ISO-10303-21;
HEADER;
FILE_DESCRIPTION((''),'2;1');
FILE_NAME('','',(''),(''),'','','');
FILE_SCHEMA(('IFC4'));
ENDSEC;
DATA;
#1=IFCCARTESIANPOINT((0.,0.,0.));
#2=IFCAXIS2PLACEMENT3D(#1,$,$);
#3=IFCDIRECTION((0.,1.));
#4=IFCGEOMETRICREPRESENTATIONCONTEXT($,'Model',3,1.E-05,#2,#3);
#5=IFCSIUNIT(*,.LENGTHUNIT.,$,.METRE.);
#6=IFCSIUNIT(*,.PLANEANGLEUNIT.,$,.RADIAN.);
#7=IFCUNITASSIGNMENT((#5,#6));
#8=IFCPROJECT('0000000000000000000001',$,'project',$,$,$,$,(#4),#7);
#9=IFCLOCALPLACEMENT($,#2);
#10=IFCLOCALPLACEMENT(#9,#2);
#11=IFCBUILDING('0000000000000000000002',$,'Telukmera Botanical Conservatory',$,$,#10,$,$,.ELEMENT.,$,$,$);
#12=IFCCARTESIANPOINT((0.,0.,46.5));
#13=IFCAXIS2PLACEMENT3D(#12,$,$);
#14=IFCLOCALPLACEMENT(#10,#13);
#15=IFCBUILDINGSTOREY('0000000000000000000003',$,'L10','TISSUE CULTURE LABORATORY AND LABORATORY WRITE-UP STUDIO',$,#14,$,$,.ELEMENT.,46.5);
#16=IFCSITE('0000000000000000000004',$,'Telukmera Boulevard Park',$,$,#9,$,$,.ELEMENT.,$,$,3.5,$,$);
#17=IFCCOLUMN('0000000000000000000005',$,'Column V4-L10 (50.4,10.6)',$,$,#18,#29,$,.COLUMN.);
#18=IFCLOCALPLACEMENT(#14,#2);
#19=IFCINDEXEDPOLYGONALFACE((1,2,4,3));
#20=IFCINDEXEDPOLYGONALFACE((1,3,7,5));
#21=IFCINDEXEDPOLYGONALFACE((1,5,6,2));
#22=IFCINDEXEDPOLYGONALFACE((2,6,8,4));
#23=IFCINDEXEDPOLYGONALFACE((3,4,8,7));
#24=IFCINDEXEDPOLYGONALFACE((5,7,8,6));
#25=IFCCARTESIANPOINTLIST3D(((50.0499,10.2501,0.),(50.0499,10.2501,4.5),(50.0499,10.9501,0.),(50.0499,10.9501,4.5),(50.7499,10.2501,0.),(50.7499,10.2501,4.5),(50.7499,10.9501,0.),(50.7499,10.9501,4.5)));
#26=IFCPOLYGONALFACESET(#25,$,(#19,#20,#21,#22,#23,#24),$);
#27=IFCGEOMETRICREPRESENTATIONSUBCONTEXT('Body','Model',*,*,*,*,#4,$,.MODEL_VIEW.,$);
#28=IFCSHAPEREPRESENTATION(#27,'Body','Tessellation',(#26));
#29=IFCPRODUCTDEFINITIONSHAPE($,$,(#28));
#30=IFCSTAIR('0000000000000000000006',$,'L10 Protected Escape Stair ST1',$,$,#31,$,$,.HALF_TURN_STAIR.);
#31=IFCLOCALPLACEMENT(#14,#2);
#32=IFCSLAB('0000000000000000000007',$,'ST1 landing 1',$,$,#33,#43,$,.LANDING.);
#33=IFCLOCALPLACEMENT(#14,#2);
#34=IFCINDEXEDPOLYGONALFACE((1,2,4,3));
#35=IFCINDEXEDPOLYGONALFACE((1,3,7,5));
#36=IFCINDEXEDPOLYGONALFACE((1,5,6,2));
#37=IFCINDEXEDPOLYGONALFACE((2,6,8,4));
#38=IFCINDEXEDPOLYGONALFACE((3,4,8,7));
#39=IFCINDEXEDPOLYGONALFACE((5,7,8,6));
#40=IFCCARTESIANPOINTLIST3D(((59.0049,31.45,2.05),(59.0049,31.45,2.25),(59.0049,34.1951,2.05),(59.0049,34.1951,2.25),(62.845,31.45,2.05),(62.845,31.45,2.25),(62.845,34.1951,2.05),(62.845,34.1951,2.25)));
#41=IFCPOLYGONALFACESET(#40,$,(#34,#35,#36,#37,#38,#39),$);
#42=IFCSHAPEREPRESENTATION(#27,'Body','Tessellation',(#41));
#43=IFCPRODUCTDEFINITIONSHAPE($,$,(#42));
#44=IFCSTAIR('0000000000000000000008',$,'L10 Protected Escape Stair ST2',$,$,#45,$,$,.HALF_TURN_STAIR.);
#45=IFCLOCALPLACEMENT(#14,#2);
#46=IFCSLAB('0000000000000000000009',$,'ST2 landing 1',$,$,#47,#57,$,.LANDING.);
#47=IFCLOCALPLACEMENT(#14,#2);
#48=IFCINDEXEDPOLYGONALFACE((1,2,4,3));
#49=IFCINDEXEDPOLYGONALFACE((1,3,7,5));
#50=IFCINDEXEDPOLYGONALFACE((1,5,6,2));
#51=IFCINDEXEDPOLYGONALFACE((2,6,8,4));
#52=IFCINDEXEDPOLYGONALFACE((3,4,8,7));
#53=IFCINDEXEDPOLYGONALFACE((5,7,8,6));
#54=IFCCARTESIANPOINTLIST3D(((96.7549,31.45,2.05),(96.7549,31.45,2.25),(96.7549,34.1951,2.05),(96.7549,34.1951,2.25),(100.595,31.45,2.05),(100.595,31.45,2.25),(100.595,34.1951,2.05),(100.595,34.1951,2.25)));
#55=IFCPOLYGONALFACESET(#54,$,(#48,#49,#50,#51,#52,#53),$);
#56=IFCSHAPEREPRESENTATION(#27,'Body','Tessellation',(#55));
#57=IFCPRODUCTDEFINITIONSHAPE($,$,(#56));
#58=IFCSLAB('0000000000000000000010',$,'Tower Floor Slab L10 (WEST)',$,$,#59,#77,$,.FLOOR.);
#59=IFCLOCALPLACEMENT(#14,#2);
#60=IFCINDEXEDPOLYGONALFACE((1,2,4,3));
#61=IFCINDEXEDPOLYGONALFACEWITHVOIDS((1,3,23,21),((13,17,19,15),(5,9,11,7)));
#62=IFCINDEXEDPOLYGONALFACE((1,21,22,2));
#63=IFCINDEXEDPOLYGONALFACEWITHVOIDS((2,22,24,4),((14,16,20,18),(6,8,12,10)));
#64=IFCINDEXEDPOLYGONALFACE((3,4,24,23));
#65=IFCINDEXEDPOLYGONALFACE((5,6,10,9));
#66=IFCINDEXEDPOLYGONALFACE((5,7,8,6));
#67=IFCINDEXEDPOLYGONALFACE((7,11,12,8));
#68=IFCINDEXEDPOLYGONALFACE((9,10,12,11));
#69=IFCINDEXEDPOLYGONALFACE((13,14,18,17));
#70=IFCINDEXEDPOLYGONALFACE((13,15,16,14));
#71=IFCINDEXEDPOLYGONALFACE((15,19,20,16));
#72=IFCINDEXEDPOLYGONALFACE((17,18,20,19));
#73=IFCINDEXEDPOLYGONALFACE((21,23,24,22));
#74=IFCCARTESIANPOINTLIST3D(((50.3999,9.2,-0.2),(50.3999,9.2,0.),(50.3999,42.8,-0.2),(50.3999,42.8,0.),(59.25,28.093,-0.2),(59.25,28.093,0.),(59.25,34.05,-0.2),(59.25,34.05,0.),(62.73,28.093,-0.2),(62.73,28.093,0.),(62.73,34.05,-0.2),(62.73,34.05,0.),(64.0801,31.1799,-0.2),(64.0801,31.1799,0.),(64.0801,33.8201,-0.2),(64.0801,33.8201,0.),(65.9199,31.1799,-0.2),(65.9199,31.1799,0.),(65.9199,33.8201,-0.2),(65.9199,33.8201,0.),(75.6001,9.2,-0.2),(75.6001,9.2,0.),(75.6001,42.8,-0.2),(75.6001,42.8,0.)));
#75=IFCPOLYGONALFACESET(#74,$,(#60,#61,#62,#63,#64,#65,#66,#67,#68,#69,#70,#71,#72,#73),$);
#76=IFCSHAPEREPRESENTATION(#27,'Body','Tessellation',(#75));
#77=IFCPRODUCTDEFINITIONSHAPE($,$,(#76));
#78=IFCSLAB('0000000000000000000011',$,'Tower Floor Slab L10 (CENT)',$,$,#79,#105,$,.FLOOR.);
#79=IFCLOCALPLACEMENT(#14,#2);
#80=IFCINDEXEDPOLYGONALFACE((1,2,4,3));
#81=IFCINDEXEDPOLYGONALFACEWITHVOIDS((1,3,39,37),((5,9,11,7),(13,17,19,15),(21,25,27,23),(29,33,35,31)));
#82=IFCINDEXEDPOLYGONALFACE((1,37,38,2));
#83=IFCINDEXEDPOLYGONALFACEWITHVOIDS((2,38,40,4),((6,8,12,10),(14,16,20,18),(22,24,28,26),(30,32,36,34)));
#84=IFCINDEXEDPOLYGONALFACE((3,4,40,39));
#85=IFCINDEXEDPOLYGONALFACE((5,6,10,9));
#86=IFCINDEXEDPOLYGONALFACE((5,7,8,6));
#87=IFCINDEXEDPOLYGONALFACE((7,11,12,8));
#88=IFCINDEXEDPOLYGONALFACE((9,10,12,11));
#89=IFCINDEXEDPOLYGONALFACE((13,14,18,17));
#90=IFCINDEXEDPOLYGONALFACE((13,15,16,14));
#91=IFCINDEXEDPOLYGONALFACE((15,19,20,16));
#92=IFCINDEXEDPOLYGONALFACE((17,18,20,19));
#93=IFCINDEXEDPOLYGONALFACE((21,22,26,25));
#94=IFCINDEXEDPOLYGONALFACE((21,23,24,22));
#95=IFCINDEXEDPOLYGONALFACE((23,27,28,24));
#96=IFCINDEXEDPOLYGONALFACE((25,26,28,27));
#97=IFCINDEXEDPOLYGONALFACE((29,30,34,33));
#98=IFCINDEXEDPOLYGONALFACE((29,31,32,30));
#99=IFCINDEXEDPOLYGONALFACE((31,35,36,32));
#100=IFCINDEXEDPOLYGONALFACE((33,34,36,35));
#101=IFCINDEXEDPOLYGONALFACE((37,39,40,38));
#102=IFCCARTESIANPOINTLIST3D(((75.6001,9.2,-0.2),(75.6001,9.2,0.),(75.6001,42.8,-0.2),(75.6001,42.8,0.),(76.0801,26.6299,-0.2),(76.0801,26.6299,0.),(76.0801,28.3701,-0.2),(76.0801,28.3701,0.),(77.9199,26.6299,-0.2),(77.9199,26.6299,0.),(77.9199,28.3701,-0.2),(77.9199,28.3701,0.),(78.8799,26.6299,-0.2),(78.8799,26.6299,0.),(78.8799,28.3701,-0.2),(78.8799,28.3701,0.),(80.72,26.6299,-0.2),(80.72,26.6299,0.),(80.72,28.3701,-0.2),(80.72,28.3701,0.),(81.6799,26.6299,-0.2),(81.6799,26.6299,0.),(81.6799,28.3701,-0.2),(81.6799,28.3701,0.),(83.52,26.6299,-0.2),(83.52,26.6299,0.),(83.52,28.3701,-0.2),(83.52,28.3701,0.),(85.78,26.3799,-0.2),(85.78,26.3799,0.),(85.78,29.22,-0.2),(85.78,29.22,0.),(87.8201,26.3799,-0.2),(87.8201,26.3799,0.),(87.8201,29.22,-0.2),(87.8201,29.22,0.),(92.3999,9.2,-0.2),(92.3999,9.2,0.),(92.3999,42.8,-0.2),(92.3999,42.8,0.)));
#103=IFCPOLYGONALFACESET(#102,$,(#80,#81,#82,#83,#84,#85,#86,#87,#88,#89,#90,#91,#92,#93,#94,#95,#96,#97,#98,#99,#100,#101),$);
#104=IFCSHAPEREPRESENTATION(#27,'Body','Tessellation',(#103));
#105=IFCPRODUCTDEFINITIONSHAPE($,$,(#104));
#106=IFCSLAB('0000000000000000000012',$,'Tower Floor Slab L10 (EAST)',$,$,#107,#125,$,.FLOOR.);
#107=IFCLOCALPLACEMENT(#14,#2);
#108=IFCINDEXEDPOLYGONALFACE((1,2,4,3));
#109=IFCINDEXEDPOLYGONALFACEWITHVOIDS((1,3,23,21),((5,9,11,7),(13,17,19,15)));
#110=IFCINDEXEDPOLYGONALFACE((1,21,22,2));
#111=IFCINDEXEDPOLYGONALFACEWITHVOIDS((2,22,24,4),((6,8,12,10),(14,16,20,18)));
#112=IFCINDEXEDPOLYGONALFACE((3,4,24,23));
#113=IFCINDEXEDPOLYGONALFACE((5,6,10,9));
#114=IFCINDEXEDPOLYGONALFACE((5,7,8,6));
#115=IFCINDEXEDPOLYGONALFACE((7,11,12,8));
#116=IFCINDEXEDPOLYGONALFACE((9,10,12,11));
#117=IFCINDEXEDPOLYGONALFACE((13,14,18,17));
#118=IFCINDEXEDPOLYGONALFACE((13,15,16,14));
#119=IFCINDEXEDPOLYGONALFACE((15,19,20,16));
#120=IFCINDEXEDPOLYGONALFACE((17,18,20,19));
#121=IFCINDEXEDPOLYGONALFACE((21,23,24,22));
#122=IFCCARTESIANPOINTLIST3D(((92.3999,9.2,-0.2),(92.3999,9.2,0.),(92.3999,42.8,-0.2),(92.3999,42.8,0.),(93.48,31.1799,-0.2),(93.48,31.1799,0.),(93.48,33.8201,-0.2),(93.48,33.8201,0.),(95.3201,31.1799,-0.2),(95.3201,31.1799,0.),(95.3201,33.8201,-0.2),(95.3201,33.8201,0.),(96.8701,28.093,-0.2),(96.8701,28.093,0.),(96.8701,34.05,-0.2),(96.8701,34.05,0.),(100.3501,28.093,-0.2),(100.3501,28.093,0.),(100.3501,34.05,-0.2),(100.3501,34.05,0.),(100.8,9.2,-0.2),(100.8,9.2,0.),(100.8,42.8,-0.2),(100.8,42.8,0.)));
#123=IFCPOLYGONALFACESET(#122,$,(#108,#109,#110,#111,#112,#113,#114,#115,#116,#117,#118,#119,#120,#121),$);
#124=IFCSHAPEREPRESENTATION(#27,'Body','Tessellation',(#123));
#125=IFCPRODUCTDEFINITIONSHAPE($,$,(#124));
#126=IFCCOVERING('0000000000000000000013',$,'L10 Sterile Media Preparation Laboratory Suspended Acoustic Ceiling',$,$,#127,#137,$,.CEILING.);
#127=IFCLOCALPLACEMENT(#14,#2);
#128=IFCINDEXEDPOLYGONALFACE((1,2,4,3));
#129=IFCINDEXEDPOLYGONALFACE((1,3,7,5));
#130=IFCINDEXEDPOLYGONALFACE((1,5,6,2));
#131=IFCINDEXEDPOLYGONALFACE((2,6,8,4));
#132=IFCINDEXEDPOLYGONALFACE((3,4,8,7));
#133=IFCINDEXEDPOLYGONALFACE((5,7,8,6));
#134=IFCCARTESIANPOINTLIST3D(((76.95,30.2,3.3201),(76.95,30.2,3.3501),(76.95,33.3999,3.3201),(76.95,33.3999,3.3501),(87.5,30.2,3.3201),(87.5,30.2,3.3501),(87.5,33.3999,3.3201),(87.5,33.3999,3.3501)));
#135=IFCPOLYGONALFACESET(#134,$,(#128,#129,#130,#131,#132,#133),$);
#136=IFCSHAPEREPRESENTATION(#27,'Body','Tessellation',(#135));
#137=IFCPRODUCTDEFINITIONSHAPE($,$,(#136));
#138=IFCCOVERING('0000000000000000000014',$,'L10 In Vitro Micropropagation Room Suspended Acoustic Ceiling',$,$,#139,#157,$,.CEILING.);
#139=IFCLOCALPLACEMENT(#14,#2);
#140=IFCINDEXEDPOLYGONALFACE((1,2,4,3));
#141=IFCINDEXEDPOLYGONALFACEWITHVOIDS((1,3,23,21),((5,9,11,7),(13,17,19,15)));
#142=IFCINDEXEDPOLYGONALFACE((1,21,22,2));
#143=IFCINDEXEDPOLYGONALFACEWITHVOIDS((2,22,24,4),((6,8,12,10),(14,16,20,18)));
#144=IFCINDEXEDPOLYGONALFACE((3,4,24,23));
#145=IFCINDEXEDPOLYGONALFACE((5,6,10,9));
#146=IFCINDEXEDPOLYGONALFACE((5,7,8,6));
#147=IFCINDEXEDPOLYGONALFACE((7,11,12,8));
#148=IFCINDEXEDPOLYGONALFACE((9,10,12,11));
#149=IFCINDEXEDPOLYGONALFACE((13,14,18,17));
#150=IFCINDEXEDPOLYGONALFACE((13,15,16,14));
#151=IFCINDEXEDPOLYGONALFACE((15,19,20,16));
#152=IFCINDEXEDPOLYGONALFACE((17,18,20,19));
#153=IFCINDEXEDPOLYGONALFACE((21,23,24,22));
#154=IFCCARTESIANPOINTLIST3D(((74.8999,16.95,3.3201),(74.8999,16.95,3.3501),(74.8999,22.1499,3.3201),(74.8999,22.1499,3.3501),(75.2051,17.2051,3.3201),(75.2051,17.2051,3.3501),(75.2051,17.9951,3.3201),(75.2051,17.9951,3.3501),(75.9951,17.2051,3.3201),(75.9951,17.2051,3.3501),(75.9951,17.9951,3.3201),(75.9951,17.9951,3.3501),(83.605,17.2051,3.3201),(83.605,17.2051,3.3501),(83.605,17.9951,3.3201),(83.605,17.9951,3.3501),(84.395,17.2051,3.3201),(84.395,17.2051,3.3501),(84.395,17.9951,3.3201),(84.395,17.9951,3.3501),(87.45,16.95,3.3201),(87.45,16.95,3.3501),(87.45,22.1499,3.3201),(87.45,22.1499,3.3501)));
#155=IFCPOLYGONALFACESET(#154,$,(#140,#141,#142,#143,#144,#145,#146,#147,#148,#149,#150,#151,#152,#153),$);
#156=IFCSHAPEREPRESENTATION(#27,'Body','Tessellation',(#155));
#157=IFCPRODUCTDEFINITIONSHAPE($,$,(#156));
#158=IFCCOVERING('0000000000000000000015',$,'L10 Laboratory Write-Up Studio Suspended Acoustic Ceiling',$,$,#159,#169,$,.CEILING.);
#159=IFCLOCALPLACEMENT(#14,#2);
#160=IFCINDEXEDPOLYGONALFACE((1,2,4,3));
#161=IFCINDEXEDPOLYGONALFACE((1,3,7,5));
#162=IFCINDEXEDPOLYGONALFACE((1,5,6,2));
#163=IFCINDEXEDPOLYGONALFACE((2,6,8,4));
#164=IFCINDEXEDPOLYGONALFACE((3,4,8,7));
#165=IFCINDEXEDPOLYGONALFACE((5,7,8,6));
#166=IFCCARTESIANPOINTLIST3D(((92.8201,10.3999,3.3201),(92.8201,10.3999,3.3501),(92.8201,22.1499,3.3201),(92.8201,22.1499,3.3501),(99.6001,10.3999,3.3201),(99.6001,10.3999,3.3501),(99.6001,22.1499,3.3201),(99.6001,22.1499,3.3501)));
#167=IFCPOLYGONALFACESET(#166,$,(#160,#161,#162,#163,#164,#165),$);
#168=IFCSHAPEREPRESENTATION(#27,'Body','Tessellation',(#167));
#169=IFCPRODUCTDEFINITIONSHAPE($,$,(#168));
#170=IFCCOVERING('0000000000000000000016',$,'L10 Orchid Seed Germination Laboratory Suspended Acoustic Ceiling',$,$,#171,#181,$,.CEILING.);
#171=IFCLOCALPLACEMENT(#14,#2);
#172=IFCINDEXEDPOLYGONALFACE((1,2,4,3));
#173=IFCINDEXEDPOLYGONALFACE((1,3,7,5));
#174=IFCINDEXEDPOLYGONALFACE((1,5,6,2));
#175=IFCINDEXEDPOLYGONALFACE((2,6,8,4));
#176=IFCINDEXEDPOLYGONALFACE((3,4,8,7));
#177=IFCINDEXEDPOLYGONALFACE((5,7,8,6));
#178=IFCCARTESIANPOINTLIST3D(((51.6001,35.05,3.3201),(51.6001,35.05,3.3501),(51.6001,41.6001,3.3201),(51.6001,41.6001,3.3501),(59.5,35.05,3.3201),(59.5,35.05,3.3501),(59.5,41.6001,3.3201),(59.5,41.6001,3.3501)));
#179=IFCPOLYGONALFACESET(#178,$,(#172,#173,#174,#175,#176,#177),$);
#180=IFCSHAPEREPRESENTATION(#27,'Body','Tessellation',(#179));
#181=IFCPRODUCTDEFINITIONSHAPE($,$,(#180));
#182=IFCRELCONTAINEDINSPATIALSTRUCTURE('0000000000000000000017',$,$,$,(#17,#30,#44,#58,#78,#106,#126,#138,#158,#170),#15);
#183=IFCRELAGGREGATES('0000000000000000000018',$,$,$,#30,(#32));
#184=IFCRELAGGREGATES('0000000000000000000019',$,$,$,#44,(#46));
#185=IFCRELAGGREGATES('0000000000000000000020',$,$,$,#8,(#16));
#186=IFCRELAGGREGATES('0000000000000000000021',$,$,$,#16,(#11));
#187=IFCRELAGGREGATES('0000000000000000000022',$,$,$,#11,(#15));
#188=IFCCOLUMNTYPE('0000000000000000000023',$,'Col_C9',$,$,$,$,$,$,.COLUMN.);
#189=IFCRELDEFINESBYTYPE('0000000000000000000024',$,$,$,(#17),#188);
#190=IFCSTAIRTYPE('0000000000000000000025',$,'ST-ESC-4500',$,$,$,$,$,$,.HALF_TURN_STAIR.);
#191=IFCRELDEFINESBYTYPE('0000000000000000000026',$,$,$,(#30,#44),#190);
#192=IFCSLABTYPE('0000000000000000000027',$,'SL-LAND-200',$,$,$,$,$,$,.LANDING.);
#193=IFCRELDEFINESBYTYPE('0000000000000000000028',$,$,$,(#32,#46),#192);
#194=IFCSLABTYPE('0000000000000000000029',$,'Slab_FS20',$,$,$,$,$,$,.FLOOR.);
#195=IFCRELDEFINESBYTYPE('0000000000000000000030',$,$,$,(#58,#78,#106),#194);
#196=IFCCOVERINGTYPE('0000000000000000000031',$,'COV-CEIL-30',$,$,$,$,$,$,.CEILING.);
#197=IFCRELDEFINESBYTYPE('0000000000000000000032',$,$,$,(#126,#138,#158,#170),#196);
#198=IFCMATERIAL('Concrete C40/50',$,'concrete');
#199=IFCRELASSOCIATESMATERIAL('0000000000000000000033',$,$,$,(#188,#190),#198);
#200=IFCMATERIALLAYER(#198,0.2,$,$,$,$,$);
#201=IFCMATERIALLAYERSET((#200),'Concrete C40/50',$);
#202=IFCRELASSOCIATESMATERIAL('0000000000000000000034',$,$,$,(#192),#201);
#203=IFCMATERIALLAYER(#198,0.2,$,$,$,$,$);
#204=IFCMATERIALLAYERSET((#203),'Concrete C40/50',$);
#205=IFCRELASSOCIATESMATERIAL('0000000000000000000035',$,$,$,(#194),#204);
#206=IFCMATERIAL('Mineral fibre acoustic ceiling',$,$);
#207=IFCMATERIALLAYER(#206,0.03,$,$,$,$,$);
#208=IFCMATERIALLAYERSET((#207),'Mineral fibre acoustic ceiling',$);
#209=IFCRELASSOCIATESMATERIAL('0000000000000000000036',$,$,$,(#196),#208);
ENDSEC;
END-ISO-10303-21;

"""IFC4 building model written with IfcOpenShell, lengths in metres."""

from ifc_helpers import new_model, si_unit, direction, frame, origin, origin_2d, place, context, subcontext, project, spatial, polyline, rectangle, outline, extrude, material, layer, layer_set, material_profile, profile_set, type_object, element, aggregate, save


model = new_model("IFC4")

# Units and contexts
model_context = context("Model", 3, precision=1e-05, world=origin(), true_north=direction((0.0, 1.0)))
body_context = subcontext(model_context, "Body", "Model", "MODEL_VIEW")
ifc_project = project(units=[si_unit("LENGTHUNIT", "METRE"), si_unit("PLANEANGLEUNIT", "RADIAN")], contexts=[model_context])

# Site, building, storey
site_placement = place(None, origin())
site = spatial("IfcSite", under=ifc_project, at=site_placement, Name="Telukmera Boulevard Park", CompositionType="ELEMENT", RefElevation=3.5)
building_placement = place(site_placement, origin())
building = spatial("IfcBuilding", under=site, at=building_placement, Name="Telukmera Botanical Conservatory", CompositionType="ELEMENT")
storey_placement = place(building_placement, frame((0.0, 0.0, 46.5)))
storey = spatial("IfcBuildingStorey", under=building, at=storey_placement, Name="L10", Description="TISSUE CULTURE LABORATORY AND LABORATORY WRITE-UP STUDIO", CompositionType="ELEMENT", Elevation=46.5)

# Column
ifc_material_1 = material(Name="Concrete C40/50", Category="concrete")
ifc_material_profile = material_profile(ifc_material_1, rectangle(XDim=0.7, YDim=0.7, at=origin_2d()), Name="RC 700x700")
ifc_profile_set = profile_set([ifc_material_profile], Name="Concrete C40/50")
column_type = type_object("IfcColumnType", Name="Col_C9", PredefinedType="COLUMN", material=ifc_profile_set)
column_placement = place(storey_placement, frame((50.3999, 10.6001, 0.0), z_axis=(0.0, 0.0, 1.0), x_axis=(1.0, 0.0, 0.0)))
element("IfcColumn", 1, at=column_placement, inside=storey, type_object=column_type, Name="Column V4-L10 (50.4,10.6)", PredefinedType="COLUMN", context=body_context, shape_type="SweptSolid", body=[
    extrude(rectangle(XDim=0.7, YDim=0.7, at=origin_2d()), origin(), (0.0, 0.0, 1.0), 4.5),
])

# Stairs, slabs
stair_type = type_object("IfcStairType", Name="ST-ESC-4500", PredefinedType="HALF_TURN_STAIR", material=ifc_material_1)
stair_1_placement = place(storey_placement, origin())
stair_1 = element("IfcStair", 2, at=stair_1_placement, inside=storey, type_object=stair_type, Name="L10 Protected Escape Stair ST1", PredefinedType="HALF_TURN_STAIR")
ifc_layer_1 = layer(ifc_material_1, 0.2)
ifc_layer_set_1 = layer_set([ifc_layer_1], Name="Concrete C40/50")
slab_type_1 = type_object("IfcSlabType", Name="SL-LAND-200", PredefinedType="LANDING", material=ifc_layer_set_1)
slab_1_placement = place(storey_placement, frame((0.0, 0.0, 2.05)))
slab_1 = element("IfcSlab", 3, at=slab_1_placement, type_object=slab_type_1, Name="ST1 landing 1", PredefinedType="LANDING", context=body_context, shape_type="SweptSolid", body=[
    extrude(outline(polyline([(59.0049, 31.45), (62.845, 31.45), (62.845, 34.1951), (59.0049, 34.1951), (59.0049, 31.45)])), origin(), (0.0, 0.0, 1.0), 0.2),
])
aggregate(stair_1, [slab_1])
stair_2_placement = place(storey_placement, origin())
stair_2 = element("IfcStair", 4, at=stair_2_placement, inside=storey, type_object=stair_type, Name="L10 Protected Escape Stair ST2", PredefinedType="HALF_TURN_STAIR")
slab_2_placement = place(storey_placement, frame((0.0, 0.0, 2.05)))
slab_2 = element("IfcSlab", 5, at=slab_2_placement, type_object=slab_type_1, Name="ST2 landing 1", PredefinedType="LANDING", context=body_context, shape_type="SweptSolid", body=[
    extrude(outline(polyline([(96.7549, 31.45), (100.595, 31.45), (100.595, 34.1951), (96.7549, 34.1951), (96.7549, 31.45)])), origin(), (0.0, 0.0, 1.0), 0.2),
])
aggregate(stair_2, [slab_2])

# Slabs
ifc_layer_2 = layer(ifc_material_1, 0.2)
ifc_layer_set_2 = layer_set([ifc_layer_2], Name="Concrete C40/50")
slab_type_2 = type_object("IfcSlabType", Name="Slab_FS20", PredefinedType="FLOOR", material=ifc_layer_set_2)
slab_3_placement = place(storey_placement, frame((0.0, 0.0, -0.2)))
element("IfcSlab", 6, at=slab_3_placement, inside=storey, type_object=slab_type_2, Name="Tower Floor Slab L10 (WEST)", PredefinedType="FLOOR", context=body_context, shape_type="SweptSolid", body=[
    extrude(outline(polyline([(50.3999, 9.2), (75.6001, 9.2), (75.6001, 42.8), (50.3999, 42.8), (50.3999, 9.2)]), holes=[polyline([(62.73, 28.093), (62.73, 34.05), (59.25, 34.05), (59.25, 28.093), (62.73, 28.093)]), polyline([(64.0801, 31.1799), (65.9199, 31.1799), (65.9199, 33.8201), (64.0801, 33.8201), (64.0801, 31.1799)])]), origin(), (0.0, 0.0, 1.0), 0.2),
])
slab_4_placement = place(storey_placement, frame((0.0, 0.0, -0.2)))
element("IfcSlab", 7, at=slab_4_placement, inside=storey, type_object=slab_type_2, Name="Tower Floor Slab L10 (CENT)", PredefinedType="FLOOR", context=body_context, shape_type="SweptSolid", body=[
    extrude(outline(polyline([(75.6001, 9.2), (92.3999, 9.2), (92.3999, 42.8), (75.6001, 42.8), (75.6001, 9.2)]), holes=[polyline([(85.78, 26.3799), (87.8201, 26.3799), (87.8201, 29.22), (85.78, 29.22), (85.78, 26.3799)]), polyline([(76.0801, 26.6299), (77.9199, 26.6299), (77.9199, 28.3701), (76.0801, 28.3701), (76.0801, 26.6299)]), polyline([(78.8799, 26.6299), (80.72, 26.6299), (80.72, 28.3701), (78.8799, 28.3701), (78.8799, 26.6299)]), polyline([(81.6799, 26.6299), (83.52, 26.6299), (83.52, 28.3701), (81.6799, 28.3701), (81.6799, 26.6299)])]), origin(), (0.0, 0.0, 1.0), 0.2),
])
slab_5_placement = place(storey_placement, frame((0.0, 0.0, -0.2)))
element("IfcSlab", 8, at=slab_5_placement, inside=storey, type_object=slab_type_2, Name="Tower Floor Slab L10 (EAST)", PredefinedType="FLOOR", context=body_context, shape_type="SweptSolid", body=[
    extrude(outline(polyline([(92.3999, 9.2), (100.8, 9.2), (100.8, 42.8), (92.3999, 42.8), (92.3999, 9.2)]), holes=[polyline([(100.3501, 28.093), (100.3501, 34.05), (96.8701, 34.05), (96.8701, 28.093), (100.3501, 28.093)]), polyline([(93.48, 31.1799), (95.3201, 31.1799), (95.3201, 33.8201), (93.48, 33.8201), (93.48, 31.1799)])]), origin(), (0.0, 0.0, 1.0), 0.2),
])

# Coverings
ifc_material_2 = material(Name="Mineral fibre acoustic ceiling")
ifc_layer_3 = layer(ifc_material_2, 0.03)
ifc_layer_set_3 = layer_set([ifc_layer_3], Name="Mineral fibre acoustic ceiling")
covering_type_1 = type_object("IfcCoveringType", Name="COV-CEIL-30", PredefinedType="CEILING", material=ifc_layer_set_3)
covering_1_placement = place(storey_placement, frame((0.0, 0.0, 3.3201)))
element("IfcCovering", 9, at=covering_1_placement, inside=storey, type_object=covering_type_1, Name="L10 Sterile Media Preparation Laboratory Suspended Acoustic Ceiling", PredefinedType="CEILING", context=body_context, shape_type="SweptSolid", body=[
    extrude(outline(polyline([(76.95, 30.2), (87.5, 30.2), (87.5, 33.3999), (76.95, 33.3999), (76.95, 30.2)])), origin(), (0.0, 0.0, 1.0), 0.03),
])
covering_2_placement = place(storey_placement, frame((0.0, 0.0, 3.3201)))
element("IfcCovering", 10, at=covering_2_placement, inside=storey, type_object=covering_type_1, Name="L10 In Vitro Micropropagation Room Suspended Acoustic Ceiling", PredefinedType="CEILING", context=body_context, shape_type="SweptSolid", body=[
    extrude(outline(polyline([(74.8999, 16.95), (87.45, 16.95), (87.45, 22.1499), (74.8999, 22.1499), (74.8999, 16.95)]), holes=[polyline([(75.2051, 17.2051), (75.9951, 17.2051), (75.9951, 17.9951), (75.2051, 17.9951), (75.2051, 17.2051)]), polyline([(83.605, 17.2051), (84.395, 17.2051), (84.395, 17.9951), (83.605, 17.9951), (83.605, 17.2051)])]), origin(), (0.0, 0.0, 1.0), 0.03),
])
covering_3_placement = place(storey_placement, frame((0.0, 0.0, 3.3201)))
element("IfcCovering", 11, at=covering_3_placement, inside=storey, type_object=covering_type_1, Name="L10 Laboratory Write-Up Studio Suspended Acoustic Ceiling", PredefinedType="CEILING", context=body_context, shape_type="SweptSolid", body=[
    extrude(outline(polyline([(92.8201, 10.3999), (99.6001, 10.3999), (99.6001, 22.1499), (92.8201, 22.1499), (92.8201, 10.3999)])), origin(), (0.0, 0.0, 1.0), 0.03),
])
covering_4_placement = place(storey_placement, frame((0.0, 0.0, 3.3201)))
element("IfcCovering", 12, at=covering_4_placement, inside=storey, type_object=covering_type_1, Name="L10 Orchid Seed Germination Laboratory Suspended Acoustic Ceiling", PredefinedType="CEILING", context=body_context, shape_type="SweptSolid", body=[
    extrude(outline(polyline([(51.6001, 35.05), (59.5, 35.05), (59.5, 41.6001), (51.6001, 41.6001), (51.6001, 35.05)])), origin(), (0.0, 0.0, 1.0), 0.03),
])

save(model, "model.ifc")
